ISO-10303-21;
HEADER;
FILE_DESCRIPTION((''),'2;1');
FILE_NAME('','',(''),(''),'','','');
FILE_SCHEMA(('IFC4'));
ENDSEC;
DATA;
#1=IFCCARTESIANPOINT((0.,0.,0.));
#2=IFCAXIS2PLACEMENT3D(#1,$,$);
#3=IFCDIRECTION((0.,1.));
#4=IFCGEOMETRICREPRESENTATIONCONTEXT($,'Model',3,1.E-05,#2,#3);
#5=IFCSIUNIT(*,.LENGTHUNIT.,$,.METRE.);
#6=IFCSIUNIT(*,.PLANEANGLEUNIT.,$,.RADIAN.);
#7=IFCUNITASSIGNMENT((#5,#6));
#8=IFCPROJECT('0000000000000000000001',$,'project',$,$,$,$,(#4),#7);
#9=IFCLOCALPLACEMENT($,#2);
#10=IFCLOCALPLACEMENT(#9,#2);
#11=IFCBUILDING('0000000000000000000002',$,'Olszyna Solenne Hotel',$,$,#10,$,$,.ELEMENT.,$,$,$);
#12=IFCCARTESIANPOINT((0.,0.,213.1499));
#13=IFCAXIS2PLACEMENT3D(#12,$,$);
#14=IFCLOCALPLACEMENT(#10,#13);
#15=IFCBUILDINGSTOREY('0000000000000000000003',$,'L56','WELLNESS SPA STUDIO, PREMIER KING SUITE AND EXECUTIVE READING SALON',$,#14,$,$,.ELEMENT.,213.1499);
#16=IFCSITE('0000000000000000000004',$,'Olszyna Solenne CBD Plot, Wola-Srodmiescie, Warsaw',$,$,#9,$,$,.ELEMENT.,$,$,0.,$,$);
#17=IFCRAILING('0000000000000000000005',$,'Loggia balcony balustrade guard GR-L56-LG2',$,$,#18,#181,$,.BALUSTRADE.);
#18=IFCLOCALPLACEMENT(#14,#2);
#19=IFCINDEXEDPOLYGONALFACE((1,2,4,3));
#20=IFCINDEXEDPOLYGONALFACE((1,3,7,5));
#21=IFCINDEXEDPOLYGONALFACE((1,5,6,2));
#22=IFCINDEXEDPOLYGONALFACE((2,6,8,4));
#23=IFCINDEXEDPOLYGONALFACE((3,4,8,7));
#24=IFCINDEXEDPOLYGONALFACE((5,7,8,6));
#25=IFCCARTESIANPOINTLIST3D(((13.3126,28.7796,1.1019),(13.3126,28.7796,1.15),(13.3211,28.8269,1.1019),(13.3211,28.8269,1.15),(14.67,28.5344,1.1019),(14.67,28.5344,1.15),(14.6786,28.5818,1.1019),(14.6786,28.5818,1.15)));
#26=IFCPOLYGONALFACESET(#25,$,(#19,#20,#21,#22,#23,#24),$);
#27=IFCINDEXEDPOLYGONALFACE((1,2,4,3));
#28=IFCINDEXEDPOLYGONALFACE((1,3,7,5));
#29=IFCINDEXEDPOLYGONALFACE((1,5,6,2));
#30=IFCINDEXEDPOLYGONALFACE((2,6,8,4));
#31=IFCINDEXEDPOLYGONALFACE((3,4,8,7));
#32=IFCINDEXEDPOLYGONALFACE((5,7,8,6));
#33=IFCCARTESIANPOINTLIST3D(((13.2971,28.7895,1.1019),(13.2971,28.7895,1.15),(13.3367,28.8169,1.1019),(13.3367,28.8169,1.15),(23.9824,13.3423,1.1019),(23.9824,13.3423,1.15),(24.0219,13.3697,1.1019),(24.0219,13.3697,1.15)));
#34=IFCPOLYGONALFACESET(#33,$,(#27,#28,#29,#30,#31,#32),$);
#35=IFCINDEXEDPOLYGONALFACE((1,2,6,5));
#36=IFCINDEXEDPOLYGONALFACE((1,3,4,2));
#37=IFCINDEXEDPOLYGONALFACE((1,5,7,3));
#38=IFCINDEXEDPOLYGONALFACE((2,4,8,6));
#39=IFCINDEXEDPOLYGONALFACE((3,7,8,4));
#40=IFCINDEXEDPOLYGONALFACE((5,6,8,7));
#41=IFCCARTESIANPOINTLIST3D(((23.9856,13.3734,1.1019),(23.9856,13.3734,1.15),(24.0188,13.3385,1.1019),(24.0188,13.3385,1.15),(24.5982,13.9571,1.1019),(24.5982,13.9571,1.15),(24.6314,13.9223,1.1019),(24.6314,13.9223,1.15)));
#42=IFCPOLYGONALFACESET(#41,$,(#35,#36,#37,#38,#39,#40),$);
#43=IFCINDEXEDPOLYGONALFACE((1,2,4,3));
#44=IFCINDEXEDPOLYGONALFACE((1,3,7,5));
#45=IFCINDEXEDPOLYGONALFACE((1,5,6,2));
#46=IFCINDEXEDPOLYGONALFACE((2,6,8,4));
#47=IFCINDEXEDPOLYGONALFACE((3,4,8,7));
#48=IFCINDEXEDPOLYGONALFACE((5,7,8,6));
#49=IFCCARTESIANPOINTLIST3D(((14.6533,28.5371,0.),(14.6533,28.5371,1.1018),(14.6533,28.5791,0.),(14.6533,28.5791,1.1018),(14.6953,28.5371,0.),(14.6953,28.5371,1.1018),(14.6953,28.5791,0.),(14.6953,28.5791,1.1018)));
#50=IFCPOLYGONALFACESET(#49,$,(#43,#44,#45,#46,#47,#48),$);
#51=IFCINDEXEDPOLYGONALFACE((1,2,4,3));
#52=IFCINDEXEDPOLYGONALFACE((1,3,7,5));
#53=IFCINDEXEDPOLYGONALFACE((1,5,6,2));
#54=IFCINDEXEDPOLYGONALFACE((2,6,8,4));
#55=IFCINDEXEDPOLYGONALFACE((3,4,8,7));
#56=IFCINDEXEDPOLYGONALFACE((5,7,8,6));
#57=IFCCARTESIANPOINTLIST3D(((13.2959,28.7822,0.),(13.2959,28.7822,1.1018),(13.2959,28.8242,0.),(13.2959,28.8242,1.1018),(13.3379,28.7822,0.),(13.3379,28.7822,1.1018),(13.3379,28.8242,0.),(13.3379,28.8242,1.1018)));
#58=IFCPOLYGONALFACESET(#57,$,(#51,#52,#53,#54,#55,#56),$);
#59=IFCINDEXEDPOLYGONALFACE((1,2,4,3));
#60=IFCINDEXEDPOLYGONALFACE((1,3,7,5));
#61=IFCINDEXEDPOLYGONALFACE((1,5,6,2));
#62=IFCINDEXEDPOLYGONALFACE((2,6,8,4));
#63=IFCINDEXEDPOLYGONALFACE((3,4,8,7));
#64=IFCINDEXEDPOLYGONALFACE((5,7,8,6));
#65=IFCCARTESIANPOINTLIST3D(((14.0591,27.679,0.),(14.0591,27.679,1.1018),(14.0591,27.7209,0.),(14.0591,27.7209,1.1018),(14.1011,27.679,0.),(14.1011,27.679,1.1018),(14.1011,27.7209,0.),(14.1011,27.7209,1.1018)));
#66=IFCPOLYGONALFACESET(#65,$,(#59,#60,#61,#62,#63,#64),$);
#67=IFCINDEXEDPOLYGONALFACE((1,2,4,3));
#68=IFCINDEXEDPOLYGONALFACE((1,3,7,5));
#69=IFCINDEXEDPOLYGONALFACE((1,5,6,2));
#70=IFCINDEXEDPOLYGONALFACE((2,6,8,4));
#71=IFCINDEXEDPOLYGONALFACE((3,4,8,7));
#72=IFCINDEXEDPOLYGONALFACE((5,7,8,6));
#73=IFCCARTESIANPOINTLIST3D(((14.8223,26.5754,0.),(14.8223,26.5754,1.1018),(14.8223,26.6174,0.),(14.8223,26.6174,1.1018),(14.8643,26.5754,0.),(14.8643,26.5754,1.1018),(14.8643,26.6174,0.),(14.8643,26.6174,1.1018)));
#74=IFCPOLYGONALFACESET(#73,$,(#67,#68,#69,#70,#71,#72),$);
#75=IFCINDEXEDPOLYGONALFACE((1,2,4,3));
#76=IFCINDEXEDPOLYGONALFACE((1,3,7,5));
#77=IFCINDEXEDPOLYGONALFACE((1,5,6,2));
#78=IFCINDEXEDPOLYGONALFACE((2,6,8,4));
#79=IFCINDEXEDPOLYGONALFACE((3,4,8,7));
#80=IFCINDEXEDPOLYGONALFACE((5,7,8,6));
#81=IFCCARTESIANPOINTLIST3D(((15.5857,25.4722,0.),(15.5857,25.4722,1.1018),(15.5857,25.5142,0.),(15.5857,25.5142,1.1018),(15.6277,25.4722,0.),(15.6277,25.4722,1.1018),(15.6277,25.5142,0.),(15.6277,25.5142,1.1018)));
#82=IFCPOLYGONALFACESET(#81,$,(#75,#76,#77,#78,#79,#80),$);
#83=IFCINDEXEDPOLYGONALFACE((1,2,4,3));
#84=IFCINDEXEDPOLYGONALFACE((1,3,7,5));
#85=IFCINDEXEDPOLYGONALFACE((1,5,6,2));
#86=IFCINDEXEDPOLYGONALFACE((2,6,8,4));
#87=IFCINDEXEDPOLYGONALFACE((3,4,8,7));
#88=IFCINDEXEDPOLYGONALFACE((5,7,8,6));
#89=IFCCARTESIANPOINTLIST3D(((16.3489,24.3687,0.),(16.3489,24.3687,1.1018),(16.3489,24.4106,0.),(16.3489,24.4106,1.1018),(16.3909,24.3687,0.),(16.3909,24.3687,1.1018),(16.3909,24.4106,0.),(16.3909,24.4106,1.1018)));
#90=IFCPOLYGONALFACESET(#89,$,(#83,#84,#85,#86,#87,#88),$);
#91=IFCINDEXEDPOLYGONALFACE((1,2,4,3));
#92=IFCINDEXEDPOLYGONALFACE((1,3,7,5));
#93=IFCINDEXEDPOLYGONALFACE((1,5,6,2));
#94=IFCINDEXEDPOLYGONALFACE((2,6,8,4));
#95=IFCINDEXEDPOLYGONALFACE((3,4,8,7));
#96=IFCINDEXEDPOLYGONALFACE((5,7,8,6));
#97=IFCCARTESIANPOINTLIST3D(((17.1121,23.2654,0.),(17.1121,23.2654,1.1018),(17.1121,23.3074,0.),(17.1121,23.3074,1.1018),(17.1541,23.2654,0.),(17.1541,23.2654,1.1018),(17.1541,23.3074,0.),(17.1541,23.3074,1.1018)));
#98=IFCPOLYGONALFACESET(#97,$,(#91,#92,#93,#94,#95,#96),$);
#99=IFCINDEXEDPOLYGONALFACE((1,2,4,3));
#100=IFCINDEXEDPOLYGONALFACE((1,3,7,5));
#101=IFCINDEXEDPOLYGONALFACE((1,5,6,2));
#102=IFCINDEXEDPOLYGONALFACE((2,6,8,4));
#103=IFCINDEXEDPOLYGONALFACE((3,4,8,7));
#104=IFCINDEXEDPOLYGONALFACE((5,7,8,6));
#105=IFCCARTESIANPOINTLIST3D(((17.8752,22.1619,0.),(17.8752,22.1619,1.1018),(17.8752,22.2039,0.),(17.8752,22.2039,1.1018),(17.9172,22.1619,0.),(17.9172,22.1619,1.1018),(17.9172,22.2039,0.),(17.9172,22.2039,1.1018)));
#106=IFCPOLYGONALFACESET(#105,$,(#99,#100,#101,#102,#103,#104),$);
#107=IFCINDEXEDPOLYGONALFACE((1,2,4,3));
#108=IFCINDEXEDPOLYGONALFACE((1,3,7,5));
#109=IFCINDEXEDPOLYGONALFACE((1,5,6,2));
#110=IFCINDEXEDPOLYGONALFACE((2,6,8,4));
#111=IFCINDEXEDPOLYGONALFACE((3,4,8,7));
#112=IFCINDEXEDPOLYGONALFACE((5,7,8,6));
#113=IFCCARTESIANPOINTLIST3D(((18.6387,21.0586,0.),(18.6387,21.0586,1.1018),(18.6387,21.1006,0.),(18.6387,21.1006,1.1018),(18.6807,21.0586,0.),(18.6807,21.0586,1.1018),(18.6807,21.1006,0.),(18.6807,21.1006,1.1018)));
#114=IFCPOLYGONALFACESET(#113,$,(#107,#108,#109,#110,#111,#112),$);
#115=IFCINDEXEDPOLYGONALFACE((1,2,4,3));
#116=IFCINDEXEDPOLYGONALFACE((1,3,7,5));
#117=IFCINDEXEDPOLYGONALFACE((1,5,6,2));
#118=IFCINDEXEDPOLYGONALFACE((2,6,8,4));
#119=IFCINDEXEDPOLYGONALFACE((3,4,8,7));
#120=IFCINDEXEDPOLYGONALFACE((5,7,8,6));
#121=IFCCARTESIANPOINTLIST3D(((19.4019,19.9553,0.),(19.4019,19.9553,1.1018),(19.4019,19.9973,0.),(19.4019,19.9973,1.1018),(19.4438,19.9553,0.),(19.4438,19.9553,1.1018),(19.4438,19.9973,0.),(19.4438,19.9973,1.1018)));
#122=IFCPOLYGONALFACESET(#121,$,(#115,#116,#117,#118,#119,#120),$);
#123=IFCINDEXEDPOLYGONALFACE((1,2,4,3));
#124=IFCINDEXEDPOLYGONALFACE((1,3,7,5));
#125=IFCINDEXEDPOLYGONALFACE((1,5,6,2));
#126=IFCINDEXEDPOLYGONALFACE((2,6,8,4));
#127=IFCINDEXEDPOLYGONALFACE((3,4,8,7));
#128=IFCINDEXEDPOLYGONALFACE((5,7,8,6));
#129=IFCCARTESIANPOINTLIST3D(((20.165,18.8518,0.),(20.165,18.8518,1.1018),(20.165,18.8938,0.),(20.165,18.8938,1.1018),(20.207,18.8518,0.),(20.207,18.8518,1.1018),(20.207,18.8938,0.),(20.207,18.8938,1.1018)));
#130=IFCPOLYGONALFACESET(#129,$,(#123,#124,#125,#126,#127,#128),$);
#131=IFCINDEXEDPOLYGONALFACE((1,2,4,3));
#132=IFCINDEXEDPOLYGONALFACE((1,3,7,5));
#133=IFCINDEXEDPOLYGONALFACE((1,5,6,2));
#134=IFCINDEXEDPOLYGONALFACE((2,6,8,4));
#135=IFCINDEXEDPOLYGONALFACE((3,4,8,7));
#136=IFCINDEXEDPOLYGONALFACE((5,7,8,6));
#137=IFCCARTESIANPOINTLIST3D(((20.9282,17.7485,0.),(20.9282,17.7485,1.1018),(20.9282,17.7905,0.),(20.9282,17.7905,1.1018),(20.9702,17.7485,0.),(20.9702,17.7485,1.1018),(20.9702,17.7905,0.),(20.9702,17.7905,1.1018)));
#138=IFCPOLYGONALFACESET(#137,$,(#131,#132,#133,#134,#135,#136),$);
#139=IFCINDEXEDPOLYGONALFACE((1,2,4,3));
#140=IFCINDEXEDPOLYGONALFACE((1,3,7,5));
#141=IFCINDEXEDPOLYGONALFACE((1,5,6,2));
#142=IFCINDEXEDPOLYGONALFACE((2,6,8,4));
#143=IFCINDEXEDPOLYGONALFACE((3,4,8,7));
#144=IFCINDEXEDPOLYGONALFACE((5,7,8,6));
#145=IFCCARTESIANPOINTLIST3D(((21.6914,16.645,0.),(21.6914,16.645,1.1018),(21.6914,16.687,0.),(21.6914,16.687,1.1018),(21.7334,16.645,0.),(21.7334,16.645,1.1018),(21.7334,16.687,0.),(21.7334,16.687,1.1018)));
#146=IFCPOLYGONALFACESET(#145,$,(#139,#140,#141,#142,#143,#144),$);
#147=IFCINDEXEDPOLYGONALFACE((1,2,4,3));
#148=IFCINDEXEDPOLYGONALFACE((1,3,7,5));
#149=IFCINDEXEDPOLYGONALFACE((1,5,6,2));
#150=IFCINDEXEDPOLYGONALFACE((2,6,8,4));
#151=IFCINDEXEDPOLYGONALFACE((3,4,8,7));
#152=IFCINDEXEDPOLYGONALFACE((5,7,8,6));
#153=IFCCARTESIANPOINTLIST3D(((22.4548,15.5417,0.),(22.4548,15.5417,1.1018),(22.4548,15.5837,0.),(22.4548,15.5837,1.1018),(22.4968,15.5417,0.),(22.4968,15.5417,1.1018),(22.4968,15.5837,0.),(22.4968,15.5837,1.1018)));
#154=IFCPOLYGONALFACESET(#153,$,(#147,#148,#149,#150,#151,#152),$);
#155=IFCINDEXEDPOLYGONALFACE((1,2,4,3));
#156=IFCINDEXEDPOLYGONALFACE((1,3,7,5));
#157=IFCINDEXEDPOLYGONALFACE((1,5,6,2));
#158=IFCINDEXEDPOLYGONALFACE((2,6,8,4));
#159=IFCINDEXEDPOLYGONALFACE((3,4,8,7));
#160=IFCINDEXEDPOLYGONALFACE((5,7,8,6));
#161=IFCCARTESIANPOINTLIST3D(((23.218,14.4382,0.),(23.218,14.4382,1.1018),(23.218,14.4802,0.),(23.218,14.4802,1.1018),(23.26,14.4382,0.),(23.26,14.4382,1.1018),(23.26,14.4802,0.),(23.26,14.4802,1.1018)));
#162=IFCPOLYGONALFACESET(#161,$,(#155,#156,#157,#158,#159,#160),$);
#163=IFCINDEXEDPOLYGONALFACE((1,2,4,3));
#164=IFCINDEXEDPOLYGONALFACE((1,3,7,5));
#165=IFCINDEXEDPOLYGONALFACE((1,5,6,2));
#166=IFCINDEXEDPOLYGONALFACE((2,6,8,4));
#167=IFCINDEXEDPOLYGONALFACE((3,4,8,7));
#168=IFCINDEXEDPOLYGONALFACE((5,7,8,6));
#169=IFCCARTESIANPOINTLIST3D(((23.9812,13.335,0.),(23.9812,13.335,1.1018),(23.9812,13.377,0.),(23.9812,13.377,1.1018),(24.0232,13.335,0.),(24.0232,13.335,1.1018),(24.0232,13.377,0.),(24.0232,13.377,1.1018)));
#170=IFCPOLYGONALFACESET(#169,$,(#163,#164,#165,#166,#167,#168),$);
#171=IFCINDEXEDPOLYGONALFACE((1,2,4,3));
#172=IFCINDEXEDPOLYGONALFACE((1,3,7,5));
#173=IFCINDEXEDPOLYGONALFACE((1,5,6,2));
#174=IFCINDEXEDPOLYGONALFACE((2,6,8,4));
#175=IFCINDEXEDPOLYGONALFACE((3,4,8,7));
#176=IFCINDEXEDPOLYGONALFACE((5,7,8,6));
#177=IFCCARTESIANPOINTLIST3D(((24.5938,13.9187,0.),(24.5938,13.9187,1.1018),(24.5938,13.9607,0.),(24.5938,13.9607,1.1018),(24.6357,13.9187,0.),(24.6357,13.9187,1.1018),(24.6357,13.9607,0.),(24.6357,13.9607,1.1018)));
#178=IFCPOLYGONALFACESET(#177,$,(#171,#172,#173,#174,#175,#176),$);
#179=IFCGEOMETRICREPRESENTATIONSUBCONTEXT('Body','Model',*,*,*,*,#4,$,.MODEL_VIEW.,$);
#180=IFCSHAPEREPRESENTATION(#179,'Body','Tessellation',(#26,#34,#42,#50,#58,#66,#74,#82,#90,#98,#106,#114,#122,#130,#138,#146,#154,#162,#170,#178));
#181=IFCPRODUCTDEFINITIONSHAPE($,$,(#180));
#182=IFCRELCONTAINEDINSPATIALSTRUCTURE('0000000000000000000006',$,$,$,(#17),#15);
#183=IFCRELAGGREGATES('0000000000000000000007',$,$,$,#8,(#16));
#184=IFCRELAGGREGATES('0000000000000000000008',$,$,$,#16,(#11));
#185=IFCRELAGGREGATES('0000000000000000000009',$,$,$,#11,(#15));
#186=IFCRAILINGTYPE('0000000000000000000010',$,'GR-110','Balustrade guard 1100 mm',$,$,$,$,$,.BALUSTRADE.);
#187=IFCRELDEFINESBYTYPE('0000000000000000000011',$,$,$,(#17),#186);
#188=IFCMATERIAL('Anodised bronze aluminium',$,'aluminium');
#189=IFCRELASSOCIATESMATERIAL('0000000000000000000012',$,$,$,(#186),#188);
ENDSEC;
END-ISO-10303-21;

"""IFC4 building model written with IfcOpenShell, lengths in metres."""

from ifc_helpers import new_model, si_unit, direction, frame, origin, origin_2d, place, context, subcontext, project, spatial, rectangle, extrude, material, type_object, element, save


model = new_model("IFC4")

# Units and contexts
model_context = context("Model", 3, precision=1e-05, world=origin(), true_north=direction((0.0, 1.0)))
body_context = subcontext(model_context, "Body", "Model", "MODEL_VIEW")
ifc_project = project(units=[si_unit("LENGTHUNIT", "METRE"), si_unit("PLANEANGLEUNIT", "RADIAN")], contexts=[model_context])

# Site, building, storey
site_placement = place(None, origin())
site = spatial("IfcSite", under=ifc_project, at=site_placement, Name="Olszyna Solenne CBD Plot, Wola-Srodmiescie, Warsaw", CompositionType="ELEMENT", RefElevation=0.0)
building_placement = place(site_placement, origin())
building = spatial("IfcBuilding", under=site, at=building_placement, Name="Olszyna Solenne Hotel", CompositionType="ELEMENT")
storey_placement = place(building_placement, frame((0.0, 0.0, 213.1499)))
storey = spatial("IfcBuildingStorey", under=building, at=storey_placement, Name="L56", Description="WELLNESS SPA STUDIO, PREMIER KING SUITE AND EXECUTIVE READING SALON", CompositionType="ELEMENT", Elevation=213.1499)

# Railing
ifc_material_1 = material(Name="Anodised bronze aluminium", Category="aluminium")
railing_type = type_object("IfcRailingType", Name="GR-110", Description="Balustrade guard 1100 mm", PredefinedType="BALUSTRADE", material=ifc_material_1)
railing_placement = place(storey_placement, frame((14.6743, 28.5581, 0.0)))
element("IfcRailing", 1, at=railing_placement, inside=storey, type_object=railing_type, Name="Loggia balcony balustrade guard GR-L56-LG2", PredefinedType="BALUSTRADE", context=body_context, shape_type="SweptSolid", body=[
    extrude(rectangle(XDim=0.0481, YDim=0.0481, at=origin_2d()), frame((0.0, 0.0, 1.126), z_axis=(-0.984084, 0.177702, 0.0), x_axis=(-0.177702, -0.984084, 0.0)), (0.0, 0.0, 1.0), 1.3794),
    extrude(rectangle(XDim=0.0481, YDim=0.0481, at=origin_2d()), frame((-1.3574, 0.2451, 1.126), z_axis=(0.568888, -0.822415, 0.0), x_axis=(0.822415, 0.568888, 0.0)), (0.0, 0.0, 1.0), 18.7827),
    extrude(rectangle(XDim=0.0481, YDim=0.0481, at=origin_2d()), frame((9.3279, -15.2021, 1.126), z_axis=(0.723925, 0.689878, 0.0), x_axis=(-0.689878, 0.723925, 0.0)), (0.0, 0.0, 1.0), 0.8462),
    extrude(rectangle(XDim=0.042, YDim=0.042, at=origin_2d()), origin(), (0.0, 0.0, 1.0), 1.1018),
    extrude(rectangle(XDim=0.042, YDim=0.042, at=origin_2d()), frame((-1.3574, 0.2451, 0.0)), (0.0, 0.0, 1.0), 1.1018),
    extrude(rectangle(XDim=0.042, YDim=0.042, at=origin_2d()), frame((-0.5942, -0.8582, 0.0)), (0.0, 0.0, 1.0), 1.1018),
    extrude(rectangle(XDim=0.042, YDim=0.042, at=origin_2d()), frame((0.1689, -1.9617, 0.0)), (0.0, 0.0, 1.0), 1.1018),
    extrude(rectangle(XDim=0.042, YDim=0.042, at=origin_2d()), frame((0.9324, -3.0649, 0.0)), (0.0, 0.0, 1.0), 1.1018),
    extrude(rectangle(XDim=0.042, YDim=0.042, at=origin_2d()), frame((1.6956, -4.1685, 0.0)), (0.0, 0.0, 1.0), 1.1018),
    extrude(rectangle(XDim=0.042, YDim=0.042, at=origin_2d()), frame((2.4587, -5.2717, 0.0)), (0.0, 0.0, 1.0), 1.1018),
    extrude(rectangle(XDim=0.042, YDim=0.042, at=origin_2d()), frame((3.2219, -6.3752, 0.0)), (0.0, 0.0, 1.0), 1.1018),
    extrude(rectangle(XDim=0.042, YDim=0.042, at=origin_2d()), frame((3.9854, -7.4785, 0.0)), (0.0, 0.0, 1.0), 1.1018),
    extrude(rectangle(XDim=0.042, YDim=0.042, at=origin_2d()), frame((4.7485, -8.5818, 0.0)), (0.0, 0.0, 1.0), 1.1018),
    extrude(rectangle(XDim=0.042, YDim=0.042, at=origin_2d()), frame((5.5117, -9.6853, 0.0)), (0.0, 0.0, 1.0), 1.1018),
    extrude(rectangle(XDim=0.042, YDim=0.042, at=origin_2d()), frame((6.2749, -10.7886, 0.0)), (0.0, 0.0, 1.0), 1.1018),
    extrude(rectangle(XDim=0.042, YDim=0.042, at=origin_2d()), frame((7.0381, -11.8921, 0.0)), (0.0, 0.0, 1.0), 1.1018),
    extrude(rectangle(XDim=0.042, YDim=0.042, at=origin_2d()), frame((7.8015, -12.9954, 0.0)), (0.0, 0.0, 1.0), 1.1018),
    extrude(rectangle(XDim=0.042, YDim=0.042, at=origin_2d()), frame((8.5647, -14.0989, 0.0)), (0.0, 0.0, 1.0), 1.1018),
    extrude(rectangle(XDim=0.042, YDim=0.042, at=origin_2d()), frame((9.3279, -15.2021, 0.0)), (0.0, 0.0, 1.0), 1.1018),
    extrude(rectangle(XDim=0.042, YDim=0.042, at=origin_2d()), frame((9.9404, -14.6184, 0.0)), (0.0, 0.0, 1.0), 1.1018),
])

save(model, "model.ifc")
